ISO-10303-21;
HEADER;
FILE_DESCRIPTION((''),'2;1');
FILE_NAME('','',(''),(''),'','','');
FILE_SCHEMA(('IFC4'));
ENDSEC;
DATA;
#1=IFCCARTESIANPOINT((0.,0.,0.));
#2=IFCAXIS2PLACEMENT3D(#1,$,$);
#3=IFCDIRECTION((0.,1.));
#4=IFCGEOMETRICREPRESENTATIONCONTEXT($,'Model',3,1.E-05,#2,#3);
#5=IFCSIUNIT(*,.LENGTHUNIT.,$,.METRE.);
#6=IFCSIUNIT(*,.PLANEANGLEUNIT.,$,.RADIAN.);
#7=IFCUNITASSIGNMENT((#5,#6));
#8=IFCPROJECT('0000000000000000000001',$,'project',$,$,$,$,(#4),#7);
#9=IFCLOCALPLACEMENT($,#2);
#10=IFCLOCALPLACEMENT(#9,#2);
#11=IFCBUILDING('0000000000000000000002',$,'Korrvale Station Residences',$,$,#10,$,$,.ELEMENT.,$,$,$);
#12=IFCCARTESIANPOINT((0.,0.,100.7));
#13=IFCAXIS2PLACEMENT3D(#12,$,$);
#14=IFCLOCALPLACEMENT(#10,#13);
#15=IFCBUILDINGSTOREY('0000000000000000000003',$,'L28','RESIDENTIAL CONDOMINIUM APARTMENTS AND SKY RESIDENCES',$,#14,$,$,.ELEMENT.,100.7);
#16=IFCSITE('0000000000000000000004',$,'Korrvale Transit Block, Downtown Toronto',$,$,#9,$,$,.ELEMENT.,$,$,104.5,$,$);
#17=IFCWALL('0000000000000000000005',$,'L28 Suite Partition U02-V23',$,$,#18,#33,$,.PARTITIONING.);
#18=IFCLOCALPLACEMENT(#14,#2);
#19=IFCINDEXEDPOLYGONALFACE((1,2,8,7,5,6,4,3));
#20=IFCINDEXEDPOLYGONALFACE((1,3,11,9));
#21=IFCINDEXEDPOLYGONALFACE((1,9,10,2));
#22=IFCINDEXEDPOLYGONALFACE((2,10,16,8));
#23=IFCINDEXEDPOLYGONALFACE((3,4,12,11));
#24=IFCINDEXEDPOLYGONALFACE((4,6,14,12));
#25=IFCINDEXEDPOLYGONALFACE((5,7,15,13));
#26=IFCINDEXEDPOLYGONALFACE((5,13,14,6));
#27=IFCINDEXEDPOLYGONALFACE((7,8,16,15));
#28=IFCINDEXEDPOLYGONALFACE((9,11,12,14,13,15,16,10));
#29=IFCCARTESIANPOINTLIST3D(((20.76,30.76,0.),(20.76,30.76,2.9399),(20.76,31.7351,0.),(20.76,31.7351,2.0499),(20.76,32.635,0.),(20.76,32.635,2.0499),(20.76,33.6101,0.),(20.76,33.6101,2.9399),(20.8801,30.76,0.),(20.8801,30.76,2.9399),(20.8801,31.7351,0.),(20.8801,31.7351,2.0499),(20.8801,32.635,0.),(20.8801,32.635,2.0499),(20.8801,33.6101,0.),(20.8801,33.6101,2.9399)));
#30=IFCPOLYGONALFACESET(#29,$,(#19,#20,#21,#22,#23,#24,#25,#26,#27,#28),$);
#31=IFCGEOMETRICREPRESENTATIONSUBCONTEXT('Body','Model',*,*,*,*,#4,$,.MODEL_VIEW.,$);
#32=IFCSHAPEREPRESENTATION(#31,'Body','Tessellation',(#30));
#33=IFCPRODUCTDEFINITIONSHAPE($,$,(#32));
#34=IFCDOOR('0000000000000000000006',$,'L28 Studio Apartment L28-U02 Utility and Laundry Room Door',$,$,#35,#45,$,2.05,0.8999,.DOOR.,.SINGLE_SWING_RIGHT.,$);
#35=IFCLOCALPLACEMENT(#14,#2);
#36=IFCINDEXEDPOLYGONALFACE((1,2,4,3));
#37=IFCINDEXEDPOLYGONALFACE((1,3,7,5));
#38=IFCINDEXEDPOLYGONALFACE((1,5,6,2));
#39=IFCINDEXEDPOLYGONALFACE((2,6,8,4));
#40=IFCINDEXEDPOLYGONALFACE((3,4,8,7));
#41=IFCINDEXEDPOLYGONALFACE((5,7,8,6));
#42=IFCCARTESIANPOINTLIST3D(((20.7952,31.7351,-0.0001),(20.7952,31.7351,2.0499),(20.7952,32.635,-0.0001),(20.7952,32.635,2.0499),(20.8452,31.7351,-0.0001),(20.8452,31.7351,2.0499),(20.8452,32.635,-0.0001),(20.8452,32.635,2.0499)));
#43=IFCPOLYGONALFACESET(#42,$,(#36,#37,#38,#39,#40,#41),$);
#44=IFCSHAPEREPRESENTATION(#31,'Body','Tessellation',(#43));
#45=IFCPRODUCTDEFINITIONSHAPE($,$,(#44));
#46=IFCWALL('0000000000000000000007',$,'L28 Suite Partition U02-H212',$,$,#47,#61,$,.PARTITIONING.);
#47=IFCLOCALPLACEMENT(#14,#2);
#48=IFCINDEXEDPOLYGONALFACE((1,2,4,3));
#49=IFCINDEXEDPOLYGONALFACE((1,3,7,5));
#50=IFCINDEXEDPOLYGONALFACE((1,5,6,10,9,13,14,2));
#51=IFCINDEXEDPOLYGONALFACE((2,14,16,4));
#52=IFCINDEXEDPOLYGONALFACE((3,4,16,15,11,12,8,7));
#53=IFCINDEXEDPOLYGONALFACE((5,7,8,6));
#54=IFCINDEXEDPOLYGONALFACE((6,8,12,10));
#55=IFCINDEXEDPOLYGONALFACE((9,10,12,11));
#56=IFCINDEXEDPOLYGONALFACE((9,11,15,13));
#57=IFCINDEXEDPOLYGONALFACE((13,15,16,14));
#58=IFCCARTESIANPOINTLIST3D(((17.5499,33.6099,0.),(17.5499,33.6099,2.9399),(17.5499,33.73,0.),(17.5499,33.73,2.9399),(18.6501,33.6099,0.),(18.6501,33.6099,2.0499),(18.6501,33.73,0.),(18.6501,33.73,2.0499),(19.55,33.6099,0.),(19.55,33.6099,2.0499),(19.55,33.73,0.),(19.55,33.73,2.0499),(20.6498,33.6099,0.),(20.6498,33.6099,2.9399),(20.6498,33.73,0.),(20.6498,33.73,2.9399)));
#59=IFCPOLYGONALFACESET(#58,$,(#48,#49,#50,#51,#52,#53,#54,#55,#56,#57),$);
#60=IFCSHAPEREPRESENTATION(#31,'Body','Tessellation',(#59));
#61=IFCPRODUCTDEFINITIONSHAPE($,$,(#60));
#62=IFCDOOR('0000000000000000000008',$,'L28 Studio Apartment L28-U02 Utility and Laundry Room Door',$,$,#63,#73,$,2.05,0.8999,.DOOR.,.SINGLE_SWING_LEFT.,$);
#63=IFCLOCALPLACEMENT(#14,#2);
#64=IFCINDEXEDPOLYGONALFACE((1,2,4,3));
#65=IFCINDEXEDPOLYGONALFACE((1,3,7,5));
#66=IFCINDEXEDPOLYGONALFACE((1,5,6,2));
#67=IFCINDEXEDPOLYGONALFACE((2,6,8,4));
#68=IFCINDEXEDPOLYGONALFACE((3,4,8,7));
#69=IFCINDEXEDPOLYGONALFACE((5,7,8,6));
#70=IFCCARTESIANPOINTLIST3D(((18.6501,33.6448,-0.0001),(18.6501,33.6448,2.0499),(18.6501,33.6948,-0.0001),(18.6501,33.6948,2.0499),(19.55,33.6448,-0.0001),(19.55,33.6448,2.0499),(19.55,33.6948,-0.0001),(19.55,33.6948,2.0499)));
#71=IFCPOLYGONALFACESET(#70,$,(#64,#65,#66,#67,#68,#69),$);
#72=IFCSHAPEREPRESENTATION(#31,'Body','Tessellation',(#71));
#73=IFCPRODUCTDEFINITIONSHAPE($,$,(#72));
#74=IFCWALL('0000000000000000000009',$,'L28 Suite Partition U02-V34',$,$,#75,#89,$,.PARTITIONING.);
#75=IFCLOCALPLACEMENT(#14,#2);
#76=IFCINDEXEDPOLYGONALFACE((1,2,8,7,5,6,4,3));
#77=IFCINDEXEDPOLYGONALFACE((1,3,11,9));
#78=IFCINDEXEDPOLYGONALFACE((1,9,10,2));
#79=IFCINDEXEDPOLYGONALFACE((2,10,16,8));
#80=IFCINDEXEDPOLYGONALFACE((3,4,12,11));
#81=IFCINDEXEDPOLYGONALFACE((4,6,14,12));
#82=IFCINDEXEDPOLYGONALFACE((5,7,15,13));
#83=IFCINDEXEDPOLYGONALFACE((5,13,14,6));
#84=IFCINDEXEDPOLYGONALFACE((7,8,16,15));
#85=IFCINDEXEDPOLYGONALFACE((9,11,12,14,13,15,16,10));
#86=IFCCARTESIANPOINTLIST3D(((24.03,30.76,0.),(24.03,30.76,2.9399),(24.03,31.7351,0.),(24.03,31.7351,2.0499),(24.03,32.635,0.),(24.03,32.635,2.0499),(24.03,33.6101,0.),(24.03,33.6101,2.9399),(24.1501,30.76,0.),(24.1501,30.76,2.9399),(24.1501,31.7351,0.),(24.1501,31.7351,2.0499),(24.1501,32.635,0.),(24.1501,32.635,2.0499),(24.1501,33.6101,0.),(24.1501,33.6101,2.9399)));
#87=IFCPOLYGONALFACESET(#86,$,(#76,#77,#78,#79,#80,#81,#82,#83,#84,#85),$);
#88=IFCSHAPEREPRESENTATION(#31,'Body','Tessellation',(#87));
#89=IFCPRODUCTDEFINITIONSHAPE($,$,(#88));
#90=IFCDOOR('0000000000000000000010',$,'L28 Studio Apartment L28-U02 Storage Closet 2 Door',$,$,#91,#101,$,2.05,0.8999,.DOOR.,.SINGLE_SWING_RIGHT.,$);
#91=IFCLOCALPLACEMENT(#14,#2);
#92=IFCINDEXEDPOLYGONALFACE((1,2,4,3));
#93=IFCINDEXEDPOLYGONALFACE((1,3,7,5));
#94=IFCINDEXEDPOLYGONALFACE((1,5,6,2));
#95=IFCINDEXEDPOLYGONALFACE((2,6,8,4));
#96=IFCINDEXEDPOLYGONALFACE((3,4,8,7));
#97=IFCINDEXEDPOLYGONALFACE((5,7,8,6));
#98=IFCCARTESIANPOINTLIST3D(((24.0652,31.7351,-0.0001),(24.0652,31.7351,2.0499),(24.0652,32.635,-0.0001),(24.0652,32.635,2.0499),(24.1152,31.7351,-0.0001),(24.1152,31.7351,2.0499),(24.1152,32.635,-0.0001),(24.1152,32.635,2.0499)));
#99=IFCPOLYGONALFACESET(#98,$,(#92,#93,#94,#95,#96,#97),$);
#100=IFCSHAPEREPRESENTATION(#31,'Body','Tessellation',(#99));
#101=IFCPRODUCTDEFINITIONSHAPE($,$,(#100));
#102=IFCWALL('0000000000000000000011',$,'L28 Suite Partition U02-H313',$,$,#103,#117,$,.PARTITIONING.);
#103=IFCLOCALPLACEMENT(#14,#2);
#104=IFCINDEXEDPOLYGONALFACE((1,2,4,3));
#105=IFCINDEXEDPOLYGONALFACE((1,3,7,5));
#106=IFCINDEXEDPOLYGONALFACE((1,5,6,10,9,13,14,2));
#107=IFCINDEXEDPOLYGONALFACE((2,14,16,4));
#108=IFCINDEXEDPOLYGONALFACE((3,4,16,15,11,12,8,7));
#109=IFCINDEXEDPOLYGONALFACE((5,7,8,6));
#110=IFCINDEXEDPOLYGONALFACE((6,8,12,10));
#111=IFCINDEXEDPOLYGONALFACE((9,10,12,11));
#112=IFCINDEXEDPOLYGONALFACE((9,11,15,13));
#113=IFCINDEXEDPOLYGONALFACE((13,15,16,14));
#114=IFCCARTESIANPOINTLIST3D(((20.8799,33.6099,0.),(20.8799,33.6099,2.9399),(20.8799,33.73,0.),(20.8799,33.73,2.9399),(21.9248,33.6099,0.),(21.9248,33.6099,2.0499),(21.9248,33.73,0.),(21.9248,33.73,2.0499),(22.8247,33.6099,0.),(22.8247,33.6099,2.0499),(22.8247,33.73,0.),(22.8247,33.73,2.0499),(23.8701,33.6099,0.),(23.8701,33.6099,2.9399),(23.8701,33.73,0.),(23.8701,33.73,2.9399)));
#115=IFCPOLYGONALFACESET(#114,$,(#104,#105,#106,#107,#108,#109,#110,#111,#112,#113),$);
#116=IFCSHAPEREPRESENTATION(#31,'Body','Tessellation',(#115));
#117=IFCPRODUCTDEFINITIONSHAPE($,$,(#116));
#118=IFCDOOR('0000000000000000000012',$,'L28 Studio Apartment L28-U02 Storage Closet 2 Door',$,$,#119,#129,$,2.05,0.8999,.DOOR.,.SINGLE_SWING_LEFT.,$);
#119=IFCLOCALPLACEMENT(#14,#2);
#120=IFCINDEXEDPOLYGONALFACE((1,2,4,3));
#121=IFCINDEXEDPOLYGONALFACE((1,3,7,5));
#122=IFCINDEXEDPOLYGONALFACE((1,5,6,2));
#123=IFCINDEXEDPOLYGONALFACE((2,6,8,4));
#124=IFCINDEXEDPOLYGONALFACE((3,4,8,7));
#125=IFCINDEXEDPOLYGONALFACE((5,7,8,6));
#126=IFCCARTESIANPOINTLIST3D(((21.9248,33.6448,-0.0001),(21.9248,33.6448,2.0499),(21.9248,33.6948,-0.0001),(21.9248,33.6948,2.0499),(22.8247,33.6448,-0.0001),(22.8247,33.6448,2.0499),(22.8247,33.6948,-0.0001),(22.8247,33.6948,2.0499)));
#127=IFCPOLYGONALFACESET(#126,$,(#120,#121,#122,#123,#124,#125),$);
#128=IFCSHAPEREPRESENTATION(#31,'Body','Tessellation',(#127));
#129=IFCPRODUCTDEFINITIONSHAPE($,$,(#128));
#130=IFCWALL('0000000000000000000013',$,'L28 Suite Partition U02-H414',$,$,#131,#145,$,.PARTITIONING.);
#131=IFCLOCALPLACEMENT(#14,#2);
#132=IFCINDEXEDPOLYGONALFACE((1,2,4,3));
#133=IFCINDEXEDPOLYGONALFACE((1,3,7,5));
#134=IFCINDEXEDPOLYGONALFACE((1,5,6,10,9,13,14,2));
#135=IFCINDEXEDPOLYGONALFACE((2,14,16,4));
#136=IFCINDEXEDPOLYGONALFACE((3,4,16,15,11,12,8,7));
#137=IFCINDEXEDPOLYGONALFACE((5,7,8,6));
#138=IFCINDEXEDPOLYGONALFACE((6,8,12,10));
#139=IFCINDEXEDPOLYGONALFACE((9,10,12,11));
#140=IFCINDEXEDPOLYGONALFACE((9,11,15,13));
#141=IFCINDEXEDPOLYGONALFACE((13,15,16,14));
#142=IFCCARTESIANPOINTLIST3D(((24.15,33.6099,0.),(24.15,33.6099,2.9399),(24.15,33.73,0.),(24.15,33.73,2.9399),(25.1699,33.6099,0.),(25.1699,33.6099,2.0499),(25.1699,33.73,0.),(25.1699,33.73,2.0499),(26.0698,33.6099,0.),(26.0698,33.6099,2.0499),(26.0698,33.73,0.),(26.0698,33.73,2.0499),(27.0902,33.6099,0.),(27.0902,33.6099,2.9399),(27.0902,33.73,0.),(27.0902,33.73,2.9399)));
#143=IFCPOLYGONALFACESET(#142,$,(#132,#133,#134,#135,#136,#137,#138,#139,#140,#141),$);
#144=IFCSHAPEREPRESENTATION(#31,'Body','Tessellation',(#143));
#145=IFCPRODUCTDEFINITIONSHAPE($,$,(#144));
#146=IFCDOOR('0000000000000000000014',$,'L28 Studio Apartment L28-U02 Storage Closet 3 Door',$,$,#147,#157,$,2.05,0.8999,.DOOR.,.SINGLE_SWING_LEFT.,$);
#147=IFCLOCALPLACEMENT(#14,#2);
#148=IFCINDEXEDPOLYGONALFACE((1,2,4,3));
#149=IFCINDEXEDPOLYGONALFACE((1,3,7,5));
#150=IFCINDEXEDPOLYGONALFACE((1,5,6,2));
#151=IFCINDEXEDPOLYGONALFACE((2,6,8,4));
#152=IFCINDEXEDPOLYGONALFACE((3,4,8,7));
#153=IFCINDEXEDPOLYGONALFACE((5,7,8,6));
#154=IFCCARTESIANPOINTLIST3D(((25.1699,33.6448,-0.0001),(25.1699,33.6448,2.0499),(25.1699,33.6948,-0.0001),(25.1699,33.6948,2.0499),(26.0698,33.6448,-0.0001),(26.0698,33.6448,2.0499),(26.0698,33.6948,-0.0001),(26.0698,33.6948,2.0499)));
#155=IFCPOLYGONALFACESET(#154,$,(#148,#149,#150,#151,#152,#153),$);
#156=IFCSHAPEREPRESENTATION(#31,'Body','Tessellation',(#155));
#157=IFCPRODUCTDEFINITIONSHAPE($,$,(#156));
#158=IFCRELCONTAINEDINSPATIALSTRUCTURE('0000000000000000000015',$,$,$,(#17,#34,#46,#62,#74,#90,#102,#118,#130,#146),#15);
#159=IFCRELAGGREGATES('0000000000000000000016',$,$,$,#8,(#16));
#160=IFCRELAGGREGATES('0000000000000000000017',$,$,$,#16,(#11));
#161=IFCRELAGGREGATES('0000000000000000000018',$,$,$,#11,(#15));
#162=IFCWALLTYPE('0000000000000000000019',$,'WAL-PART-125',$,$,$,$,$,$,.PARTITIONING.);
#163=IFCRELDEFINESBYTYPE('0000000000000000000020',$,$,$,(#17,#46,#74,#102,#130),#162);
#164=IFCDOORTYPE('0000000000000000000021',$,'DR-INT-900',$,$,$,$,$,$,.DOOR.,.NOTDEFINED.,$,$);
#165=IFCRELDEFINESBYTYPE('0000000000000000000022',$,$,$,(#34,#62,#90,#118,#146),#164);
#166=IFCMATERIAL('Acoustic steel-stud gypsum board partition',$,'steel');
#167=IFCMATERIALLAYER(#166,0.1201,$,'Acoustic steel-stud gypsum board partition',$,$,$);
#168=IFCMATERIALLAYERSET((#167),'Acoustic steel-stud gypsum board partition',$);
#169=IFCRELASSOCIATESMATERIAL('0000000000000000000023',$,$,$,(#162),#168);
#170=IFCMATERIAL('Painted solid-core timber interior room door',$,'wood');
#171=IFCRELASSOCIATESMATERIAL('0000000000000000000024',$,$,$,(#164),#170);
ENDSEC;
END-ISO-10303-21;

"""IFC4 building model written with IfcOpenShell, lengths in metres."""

from ifc_helpers import new_model, si_unit, direction, frame, frame_2d, origin, place, context, subcontext, project, spatial, rectangle, extrude, material, layer, layer_set, type_object, element, fill, save


model = new_model("IFC4")

# Units and contexts
model_context = context("Model", 3, precision=1e-05, world=origin(), true_north=direction((0.0, 1.0)))
body_context = subcontext(model_context, "Body", "Model", "MODEL_VIEW")
ifc_project = project(units=[si_unit("LENGTHUNIT", "METRE"), si_unit("PLANEANGLEUNIT", "RADIAN")], contexts=[model_context])

# Site, building, storey
site_placement = place(None, origin())
site = spatial("IfcSite", under=ifc_project, at=site_placement, Name="Korrvale Transit Block, Downtown Toronto", CompositionType="ELEMENT", RefElevation=104.5)
building_placement = place(site_placement, origin())
building = spatial("IfcBuilding", under=site, at=building_placement, Name="Korrvale Station Residences", CompositionType="ELEMENT")
storey_placement = place(building_placement, frame((0.0, 0.0, 100.7)))
storey = spatial("IfcBuildingStorey", under=building, at=storey_placement, Name="L28", Description="RESIDENTIAL CONDOMINIUM APARTMENTS AND SKY RESIDENCES", CompositionType="ELEMENT", Elevation=100.7)

# Walls, openings, doors
ifc_material_1 = material(Name="Acoustic steel-stud gypsum board partition", Category="steel")
ifc_layer = layer(ifc_material_1, 0.1201, Name="Acoustic steel-stud gypsum board partition")
ifc_layer_set = layer_set([ifc_layer], Name="Acoustic steel-stud gypsum board partition")
wall_type = type_object("IfcWallType", Name="WAL-PART-125", PredefinedType="PARTITIONING", material=ifc_layer_set)
ifc_material_2 = material(Name="Painted solid-core timber interior room door", Category="wood")
door_type = type_object("IfcDoorType", Name="DR-INT-900", OperationType="NOTDEFINED", PredefinedType="DOOR", material=ifc_material_2)
wall_1_placement = place(storey_placement, frame((20.8201, 30.76, 0.0), z_axis=(0.0, 0.0, 1.0), x_axis=(0.0, 1.0, 0.0)))
wall_1 = element("IfcWall", 1, at=wall_1_placement, inside=storey, type_object=wall_type, Name="L28 Suite Partition U02-V23", PredefinedType="PARTITIONING", context=body_context, shape_type="SweptSolid", body=[
    extrude(rectangle(XDim=2.8501, YDim=0.1201, at=frame_2d((1.425, 0.0))), origin(), (0.0, 0.0, 1.0), 2.9399),
])
opening_1_placement = place(wall_1_placement, frame((0.9751, 0.0, 0.0)))
opening_1 = element("IfcOpeningElement", 2, at=opening_1_placement, cuts=wall_1, PredefinedType="OPENING", context=body_context, shape_type="SweptSolid", body=[
    extrude(rectangle(XDim=0.8999, YDim=2.05, at=frame_2d((0.45, 1.0249))), frame((0.0, 0.0701, 0.0), z_axis=(0.0, -1.0, 0.0), x_axis=(1.0, 0.0, 0.0)), (0.0, 0.0, 1.0), 0.1401),
])
door_1_placement = place(opening_1_placement, origin())
door_1 = element("IfcDoor", 3, at=door_1_placement, inside=storey, type_object=door_type, Name="L28 Studio Apartment L28-U02 Utility and Laundry Room Door", OperationType="SINGLE_SWING_RIGHT", OverallHeight=2.05, OverallWidth=0.8999, PredefinedType="DOOR", context=body_context, shape_type="SweptSolid", body=[
    extrude(rectangle(XDim=0.8999, YDim=2.05, at=frame_2d((0.45, 1.0249))), frame((0.0, 0.0249, 0.0), z_axis=(0.0, -1.0, 0.0), x_axis=(1.0, 0.0, 0.0)), (0.0, 0.0, 1.0), 0.05),
])
fill(opening_1, door_1)
wall_2_placement = place(storey_placement, frame((17.55, 33.6699, 0.0), z_axis=(0.0, 0.0, 1.0), x_axis=(1.0, 0.0, 0.0)))
wall_2 = element("IfcWall", 4, at=wall_2_placement, inside=storey, type_object=wall_type, Name="L28 Suite Partition U02-H212", PredefinedType="PARTITIONING", context=body_context, shape_type="SweptSolid", body=[
    extrude(rectangle(XDim=3.0999, YDim=0.1201, at=frame_2d((1.5498, 0.0))), origin(), (0.0, 0.0, 1.0), 2.9399),
])
opening_2_placement = place(wall_2_placement, frame((1.1001, 0.0, 0.0)))
opening_2 = element("IfcOpeningElement", 5, at=opening_2_placement, cuts=wall_2, PredefinedType="OPENING", context=body_context, shape_type="SweptSolid", body=[
    extrude(rectangle(XDim=0.8999, YDim=2.05, at=frame_2d((0.45, 1.0249))), frame((0.0, 0.0701, 0.0), z_axis=(0.0, -1.0, 0.0), x_axis=(1.0, 0.0, 0.0)), (0.0, 0.0, 1.0), 0.1401),
])
door_2_placement = place(opening_2_placement, origin())
door_2 = element("IfcDoor", 6, at=door_2_placement, inside=storey, type_object=door_type, Name="L28 Studio Apartment L28-U02 Utility and Laundry Room Door", OperationType="SINGLE_SWING_LEFT", OverallHeight=2.05, OverallWidth=0.8999, PredefinedType="DOOR", context=body_context, shape_type="SweptSolid", body=[
    extrude(rectangle(XDim=0.8999, YDim=2.05, at=frame_2d((0.45, 1.0249))), frame((0.0, 0.0249, 0.0), z_axis=(0.0, -1.0, 0.0), x_axis=(1.0, 0.0, 0.0)), (0.0, 0.0, 1.0), 0.05),
])
fill(opening_2, door_2)
wall_3_placement = place(storey_placement, frame((24.0901, 30.76, 0.0), z_axis=(0.0, 0.0, 1.0), x_axis=(0.0, 1.0, 0.0)))
wall_3 = element("IfcWall", 7, at=wall_3_placement, inside=storey, type_object=wall_type, Name="L28 Suite Partition U02-V34", PredefinedType="PARTITIONING", context=body_context, shape_type="SweptSolid", body=[
    extrude(rectangle(XDim=2.8501, YDim=0.1201, at=frame_2d((1.425, 0.0))), origin(), (0.0, 0.0, 1.0), 2.9399),
])
opening_3_placement = place(wall_3_placement, frame((0.9751, 0.0, 0.0)))
opening_3 = element("IfcOpeningElement", 8, at=opening_3_placement, cuts=wall_3, PredefinedType="OPENING", context=body_context, shape_type="SweptSolid", body=[
    extrude(rectangle(XDim=0.8999, YDim=2.05, at=frame_2d((0.45, 1.0249))), frame((0.0, 0.0701, 0.0), z_axis=(0.0, -1.0, 0.0), x_axis=(1.0, 0.0, 0.0)), (0.0, 0.0, 1.0), 0.1401),
])
door_3_placement = place(opening_3_placement, origin())
door_3 = element("IfcDoor", 9, at=door_3_placement, inside=storey, type_object=door_type, Name="L28 Studio Apartment L28-U02 Storage Closet 2 Door", OperationType="SINGLE_SWING_RIGHT", OverallHeight=2.05, OverallWidth=0.8999, PredefinedType="DOOR", context=body_context, shape_type="SweptSolid", body=[
    extrude(rectangle(XDim=0.8999, YDim=2.05, at=frame_2d((0.45, 1.0249))), frame((0.0, 0.0249, 0.0), z_axis=(0.0, -1.0, 0.0), x_axis=(1.0, 0.0, 0.0)), (0.0, 0.0, 1.0), 0.05),
])
fill(opening_3, door_3)
wall_4_placement = place(storey_placement, frame((20.8799, 33.6699, 0.0), z_axis=(0.0, 0.0, 1.0), x_axis=(1.0, 0.0, 0.0)))
wall_4 = element("IfcWall", 10, at=wall_4_placement, inside=storey, type_object=wall_type, Name="L28 Suite Partition U02-H313", PredefinedType="PARTITIONING", context=body_context, shape_type="SweptSolid", body=[
    extrude(rectangle(XDim=2.9902, YDim=0.1201, at=frame_2d((1.4951, 0.0))), origin(), (0.0, 0.0, 1.0), 2.9399),
])
opening_4_placement = place(wall_4_placement, frame((1.0449, 0.0, 0.0)))
opening_4 = element("IfcOpeningElement", 11, at=opening_4_placement, cuts=wall_4, PredefinedType="OPENING", context=body_context, shape_type="SweptSolid", body=[
    extrude(rectangle(XDim=0.8999, YDim=2.05, at=frame_2d((0.45, 1.0249))), frame((0.0, 0.0701, 0.0), z_axis=(0.0, -1.0, 0.0), x_axis=(1.0, 0.0, 0.0)), (0.0, 0.0, 1.0), 0.1401),
])
door_4_placement = place(opening_4_placement, origin())
door_4 = element("IfcDoor", 12, at=door_4_placement, inside=storey, type_object=door_type, Name="L28 Studio Apartment L28-U02 Storage Closet 2 Door", OperationType="SINGLE_SWING_LEFT", OverallHeight=2.05, OverallWidth=0.8999, PredefinedType="DOOR", context=body_context, shape_type="SweptSolid", body=[
    extrude(rectangle(XDim=0.8999, YDim=2.05, at=frame_2d((0.45, 1.0249))), frame((0.0, 0.0249, 0.0), z_axis=(0.0, -1.0, 0.0), x_axis=(1.0, 0.0, 0.0)), (0.0, 0.0, 1.0), 0.05),
])
fill(opening_4, door_4)
wall_5_placement = place(storey_placement, frame((24.1499, 33.6699, 0.0), z_axis=(0.0, 0.0, 1.0), x_axis=(1.0, 0.0, 0.0)))
wall_5 = element("IfcWall", 13, at=wall_5_placement, inside=storey, type_object=wall_type, Name="L28 Suite Partition U02-H414", PredefinedType="PARTITIONING", context=body_context, shape_type="SweptSolid", body=[
    extrude(rectangle(XDim=2.9402, YDim=0.1201, at=frame_2d((1.4702, 0.0))), origin(), (0.0, 0.0, 1.0), 2.9399),
])
opening_5_placement = place(wall_5_placement, frame((1.02, 0.0, 0.0)))
opening_5 = element("IfcOpeningElement", 14, at=opening_5_placement, cuts=wall_5, PredefinedType="OPENING", context=body_context, shape_type="SweptSolid", body=[
    extrude(rectangle(XDim=0.8999, YDim=2.05, at=frame_2d((0.45, 1.0249))), frame((0.0, 0.0701, 0.0), z_axis=(0.0, -1.0, 0.0), x_axis=(1.0, 0.0, 0.0)), (0.0, 0.0, 1.0), 0.1401),
])
door_5_placement = place(opening_5_placement, origin())
door_5 = element("IfcDoor", 15, at=door_5_placement, inside=storey, type_object=door_type, Name="L28 Studio Apartment L28-U02 Storage Closet 3 Door", OperationType="SINGLE_SWING_LEFT", OverallHeight=2.05, OverallWidth=0.8999, PredefinedType="DOOR", context=body_context, shape_type="SweptSolid", body=[
    extrude(rectangle(XDim=0.8999, YDim=2.05, at=frame_2d((0.45, 1.0249))), frame((0.0, 0.0249, 0.0), z_axis=(0.0, -1.0, 0.0), x_axis=(1.0, 0.0, 0.0)), (0.0, 0.0, 1.0), 0.05),
])
fill(opening_5, door_5)

save(model, "model.ifc")
